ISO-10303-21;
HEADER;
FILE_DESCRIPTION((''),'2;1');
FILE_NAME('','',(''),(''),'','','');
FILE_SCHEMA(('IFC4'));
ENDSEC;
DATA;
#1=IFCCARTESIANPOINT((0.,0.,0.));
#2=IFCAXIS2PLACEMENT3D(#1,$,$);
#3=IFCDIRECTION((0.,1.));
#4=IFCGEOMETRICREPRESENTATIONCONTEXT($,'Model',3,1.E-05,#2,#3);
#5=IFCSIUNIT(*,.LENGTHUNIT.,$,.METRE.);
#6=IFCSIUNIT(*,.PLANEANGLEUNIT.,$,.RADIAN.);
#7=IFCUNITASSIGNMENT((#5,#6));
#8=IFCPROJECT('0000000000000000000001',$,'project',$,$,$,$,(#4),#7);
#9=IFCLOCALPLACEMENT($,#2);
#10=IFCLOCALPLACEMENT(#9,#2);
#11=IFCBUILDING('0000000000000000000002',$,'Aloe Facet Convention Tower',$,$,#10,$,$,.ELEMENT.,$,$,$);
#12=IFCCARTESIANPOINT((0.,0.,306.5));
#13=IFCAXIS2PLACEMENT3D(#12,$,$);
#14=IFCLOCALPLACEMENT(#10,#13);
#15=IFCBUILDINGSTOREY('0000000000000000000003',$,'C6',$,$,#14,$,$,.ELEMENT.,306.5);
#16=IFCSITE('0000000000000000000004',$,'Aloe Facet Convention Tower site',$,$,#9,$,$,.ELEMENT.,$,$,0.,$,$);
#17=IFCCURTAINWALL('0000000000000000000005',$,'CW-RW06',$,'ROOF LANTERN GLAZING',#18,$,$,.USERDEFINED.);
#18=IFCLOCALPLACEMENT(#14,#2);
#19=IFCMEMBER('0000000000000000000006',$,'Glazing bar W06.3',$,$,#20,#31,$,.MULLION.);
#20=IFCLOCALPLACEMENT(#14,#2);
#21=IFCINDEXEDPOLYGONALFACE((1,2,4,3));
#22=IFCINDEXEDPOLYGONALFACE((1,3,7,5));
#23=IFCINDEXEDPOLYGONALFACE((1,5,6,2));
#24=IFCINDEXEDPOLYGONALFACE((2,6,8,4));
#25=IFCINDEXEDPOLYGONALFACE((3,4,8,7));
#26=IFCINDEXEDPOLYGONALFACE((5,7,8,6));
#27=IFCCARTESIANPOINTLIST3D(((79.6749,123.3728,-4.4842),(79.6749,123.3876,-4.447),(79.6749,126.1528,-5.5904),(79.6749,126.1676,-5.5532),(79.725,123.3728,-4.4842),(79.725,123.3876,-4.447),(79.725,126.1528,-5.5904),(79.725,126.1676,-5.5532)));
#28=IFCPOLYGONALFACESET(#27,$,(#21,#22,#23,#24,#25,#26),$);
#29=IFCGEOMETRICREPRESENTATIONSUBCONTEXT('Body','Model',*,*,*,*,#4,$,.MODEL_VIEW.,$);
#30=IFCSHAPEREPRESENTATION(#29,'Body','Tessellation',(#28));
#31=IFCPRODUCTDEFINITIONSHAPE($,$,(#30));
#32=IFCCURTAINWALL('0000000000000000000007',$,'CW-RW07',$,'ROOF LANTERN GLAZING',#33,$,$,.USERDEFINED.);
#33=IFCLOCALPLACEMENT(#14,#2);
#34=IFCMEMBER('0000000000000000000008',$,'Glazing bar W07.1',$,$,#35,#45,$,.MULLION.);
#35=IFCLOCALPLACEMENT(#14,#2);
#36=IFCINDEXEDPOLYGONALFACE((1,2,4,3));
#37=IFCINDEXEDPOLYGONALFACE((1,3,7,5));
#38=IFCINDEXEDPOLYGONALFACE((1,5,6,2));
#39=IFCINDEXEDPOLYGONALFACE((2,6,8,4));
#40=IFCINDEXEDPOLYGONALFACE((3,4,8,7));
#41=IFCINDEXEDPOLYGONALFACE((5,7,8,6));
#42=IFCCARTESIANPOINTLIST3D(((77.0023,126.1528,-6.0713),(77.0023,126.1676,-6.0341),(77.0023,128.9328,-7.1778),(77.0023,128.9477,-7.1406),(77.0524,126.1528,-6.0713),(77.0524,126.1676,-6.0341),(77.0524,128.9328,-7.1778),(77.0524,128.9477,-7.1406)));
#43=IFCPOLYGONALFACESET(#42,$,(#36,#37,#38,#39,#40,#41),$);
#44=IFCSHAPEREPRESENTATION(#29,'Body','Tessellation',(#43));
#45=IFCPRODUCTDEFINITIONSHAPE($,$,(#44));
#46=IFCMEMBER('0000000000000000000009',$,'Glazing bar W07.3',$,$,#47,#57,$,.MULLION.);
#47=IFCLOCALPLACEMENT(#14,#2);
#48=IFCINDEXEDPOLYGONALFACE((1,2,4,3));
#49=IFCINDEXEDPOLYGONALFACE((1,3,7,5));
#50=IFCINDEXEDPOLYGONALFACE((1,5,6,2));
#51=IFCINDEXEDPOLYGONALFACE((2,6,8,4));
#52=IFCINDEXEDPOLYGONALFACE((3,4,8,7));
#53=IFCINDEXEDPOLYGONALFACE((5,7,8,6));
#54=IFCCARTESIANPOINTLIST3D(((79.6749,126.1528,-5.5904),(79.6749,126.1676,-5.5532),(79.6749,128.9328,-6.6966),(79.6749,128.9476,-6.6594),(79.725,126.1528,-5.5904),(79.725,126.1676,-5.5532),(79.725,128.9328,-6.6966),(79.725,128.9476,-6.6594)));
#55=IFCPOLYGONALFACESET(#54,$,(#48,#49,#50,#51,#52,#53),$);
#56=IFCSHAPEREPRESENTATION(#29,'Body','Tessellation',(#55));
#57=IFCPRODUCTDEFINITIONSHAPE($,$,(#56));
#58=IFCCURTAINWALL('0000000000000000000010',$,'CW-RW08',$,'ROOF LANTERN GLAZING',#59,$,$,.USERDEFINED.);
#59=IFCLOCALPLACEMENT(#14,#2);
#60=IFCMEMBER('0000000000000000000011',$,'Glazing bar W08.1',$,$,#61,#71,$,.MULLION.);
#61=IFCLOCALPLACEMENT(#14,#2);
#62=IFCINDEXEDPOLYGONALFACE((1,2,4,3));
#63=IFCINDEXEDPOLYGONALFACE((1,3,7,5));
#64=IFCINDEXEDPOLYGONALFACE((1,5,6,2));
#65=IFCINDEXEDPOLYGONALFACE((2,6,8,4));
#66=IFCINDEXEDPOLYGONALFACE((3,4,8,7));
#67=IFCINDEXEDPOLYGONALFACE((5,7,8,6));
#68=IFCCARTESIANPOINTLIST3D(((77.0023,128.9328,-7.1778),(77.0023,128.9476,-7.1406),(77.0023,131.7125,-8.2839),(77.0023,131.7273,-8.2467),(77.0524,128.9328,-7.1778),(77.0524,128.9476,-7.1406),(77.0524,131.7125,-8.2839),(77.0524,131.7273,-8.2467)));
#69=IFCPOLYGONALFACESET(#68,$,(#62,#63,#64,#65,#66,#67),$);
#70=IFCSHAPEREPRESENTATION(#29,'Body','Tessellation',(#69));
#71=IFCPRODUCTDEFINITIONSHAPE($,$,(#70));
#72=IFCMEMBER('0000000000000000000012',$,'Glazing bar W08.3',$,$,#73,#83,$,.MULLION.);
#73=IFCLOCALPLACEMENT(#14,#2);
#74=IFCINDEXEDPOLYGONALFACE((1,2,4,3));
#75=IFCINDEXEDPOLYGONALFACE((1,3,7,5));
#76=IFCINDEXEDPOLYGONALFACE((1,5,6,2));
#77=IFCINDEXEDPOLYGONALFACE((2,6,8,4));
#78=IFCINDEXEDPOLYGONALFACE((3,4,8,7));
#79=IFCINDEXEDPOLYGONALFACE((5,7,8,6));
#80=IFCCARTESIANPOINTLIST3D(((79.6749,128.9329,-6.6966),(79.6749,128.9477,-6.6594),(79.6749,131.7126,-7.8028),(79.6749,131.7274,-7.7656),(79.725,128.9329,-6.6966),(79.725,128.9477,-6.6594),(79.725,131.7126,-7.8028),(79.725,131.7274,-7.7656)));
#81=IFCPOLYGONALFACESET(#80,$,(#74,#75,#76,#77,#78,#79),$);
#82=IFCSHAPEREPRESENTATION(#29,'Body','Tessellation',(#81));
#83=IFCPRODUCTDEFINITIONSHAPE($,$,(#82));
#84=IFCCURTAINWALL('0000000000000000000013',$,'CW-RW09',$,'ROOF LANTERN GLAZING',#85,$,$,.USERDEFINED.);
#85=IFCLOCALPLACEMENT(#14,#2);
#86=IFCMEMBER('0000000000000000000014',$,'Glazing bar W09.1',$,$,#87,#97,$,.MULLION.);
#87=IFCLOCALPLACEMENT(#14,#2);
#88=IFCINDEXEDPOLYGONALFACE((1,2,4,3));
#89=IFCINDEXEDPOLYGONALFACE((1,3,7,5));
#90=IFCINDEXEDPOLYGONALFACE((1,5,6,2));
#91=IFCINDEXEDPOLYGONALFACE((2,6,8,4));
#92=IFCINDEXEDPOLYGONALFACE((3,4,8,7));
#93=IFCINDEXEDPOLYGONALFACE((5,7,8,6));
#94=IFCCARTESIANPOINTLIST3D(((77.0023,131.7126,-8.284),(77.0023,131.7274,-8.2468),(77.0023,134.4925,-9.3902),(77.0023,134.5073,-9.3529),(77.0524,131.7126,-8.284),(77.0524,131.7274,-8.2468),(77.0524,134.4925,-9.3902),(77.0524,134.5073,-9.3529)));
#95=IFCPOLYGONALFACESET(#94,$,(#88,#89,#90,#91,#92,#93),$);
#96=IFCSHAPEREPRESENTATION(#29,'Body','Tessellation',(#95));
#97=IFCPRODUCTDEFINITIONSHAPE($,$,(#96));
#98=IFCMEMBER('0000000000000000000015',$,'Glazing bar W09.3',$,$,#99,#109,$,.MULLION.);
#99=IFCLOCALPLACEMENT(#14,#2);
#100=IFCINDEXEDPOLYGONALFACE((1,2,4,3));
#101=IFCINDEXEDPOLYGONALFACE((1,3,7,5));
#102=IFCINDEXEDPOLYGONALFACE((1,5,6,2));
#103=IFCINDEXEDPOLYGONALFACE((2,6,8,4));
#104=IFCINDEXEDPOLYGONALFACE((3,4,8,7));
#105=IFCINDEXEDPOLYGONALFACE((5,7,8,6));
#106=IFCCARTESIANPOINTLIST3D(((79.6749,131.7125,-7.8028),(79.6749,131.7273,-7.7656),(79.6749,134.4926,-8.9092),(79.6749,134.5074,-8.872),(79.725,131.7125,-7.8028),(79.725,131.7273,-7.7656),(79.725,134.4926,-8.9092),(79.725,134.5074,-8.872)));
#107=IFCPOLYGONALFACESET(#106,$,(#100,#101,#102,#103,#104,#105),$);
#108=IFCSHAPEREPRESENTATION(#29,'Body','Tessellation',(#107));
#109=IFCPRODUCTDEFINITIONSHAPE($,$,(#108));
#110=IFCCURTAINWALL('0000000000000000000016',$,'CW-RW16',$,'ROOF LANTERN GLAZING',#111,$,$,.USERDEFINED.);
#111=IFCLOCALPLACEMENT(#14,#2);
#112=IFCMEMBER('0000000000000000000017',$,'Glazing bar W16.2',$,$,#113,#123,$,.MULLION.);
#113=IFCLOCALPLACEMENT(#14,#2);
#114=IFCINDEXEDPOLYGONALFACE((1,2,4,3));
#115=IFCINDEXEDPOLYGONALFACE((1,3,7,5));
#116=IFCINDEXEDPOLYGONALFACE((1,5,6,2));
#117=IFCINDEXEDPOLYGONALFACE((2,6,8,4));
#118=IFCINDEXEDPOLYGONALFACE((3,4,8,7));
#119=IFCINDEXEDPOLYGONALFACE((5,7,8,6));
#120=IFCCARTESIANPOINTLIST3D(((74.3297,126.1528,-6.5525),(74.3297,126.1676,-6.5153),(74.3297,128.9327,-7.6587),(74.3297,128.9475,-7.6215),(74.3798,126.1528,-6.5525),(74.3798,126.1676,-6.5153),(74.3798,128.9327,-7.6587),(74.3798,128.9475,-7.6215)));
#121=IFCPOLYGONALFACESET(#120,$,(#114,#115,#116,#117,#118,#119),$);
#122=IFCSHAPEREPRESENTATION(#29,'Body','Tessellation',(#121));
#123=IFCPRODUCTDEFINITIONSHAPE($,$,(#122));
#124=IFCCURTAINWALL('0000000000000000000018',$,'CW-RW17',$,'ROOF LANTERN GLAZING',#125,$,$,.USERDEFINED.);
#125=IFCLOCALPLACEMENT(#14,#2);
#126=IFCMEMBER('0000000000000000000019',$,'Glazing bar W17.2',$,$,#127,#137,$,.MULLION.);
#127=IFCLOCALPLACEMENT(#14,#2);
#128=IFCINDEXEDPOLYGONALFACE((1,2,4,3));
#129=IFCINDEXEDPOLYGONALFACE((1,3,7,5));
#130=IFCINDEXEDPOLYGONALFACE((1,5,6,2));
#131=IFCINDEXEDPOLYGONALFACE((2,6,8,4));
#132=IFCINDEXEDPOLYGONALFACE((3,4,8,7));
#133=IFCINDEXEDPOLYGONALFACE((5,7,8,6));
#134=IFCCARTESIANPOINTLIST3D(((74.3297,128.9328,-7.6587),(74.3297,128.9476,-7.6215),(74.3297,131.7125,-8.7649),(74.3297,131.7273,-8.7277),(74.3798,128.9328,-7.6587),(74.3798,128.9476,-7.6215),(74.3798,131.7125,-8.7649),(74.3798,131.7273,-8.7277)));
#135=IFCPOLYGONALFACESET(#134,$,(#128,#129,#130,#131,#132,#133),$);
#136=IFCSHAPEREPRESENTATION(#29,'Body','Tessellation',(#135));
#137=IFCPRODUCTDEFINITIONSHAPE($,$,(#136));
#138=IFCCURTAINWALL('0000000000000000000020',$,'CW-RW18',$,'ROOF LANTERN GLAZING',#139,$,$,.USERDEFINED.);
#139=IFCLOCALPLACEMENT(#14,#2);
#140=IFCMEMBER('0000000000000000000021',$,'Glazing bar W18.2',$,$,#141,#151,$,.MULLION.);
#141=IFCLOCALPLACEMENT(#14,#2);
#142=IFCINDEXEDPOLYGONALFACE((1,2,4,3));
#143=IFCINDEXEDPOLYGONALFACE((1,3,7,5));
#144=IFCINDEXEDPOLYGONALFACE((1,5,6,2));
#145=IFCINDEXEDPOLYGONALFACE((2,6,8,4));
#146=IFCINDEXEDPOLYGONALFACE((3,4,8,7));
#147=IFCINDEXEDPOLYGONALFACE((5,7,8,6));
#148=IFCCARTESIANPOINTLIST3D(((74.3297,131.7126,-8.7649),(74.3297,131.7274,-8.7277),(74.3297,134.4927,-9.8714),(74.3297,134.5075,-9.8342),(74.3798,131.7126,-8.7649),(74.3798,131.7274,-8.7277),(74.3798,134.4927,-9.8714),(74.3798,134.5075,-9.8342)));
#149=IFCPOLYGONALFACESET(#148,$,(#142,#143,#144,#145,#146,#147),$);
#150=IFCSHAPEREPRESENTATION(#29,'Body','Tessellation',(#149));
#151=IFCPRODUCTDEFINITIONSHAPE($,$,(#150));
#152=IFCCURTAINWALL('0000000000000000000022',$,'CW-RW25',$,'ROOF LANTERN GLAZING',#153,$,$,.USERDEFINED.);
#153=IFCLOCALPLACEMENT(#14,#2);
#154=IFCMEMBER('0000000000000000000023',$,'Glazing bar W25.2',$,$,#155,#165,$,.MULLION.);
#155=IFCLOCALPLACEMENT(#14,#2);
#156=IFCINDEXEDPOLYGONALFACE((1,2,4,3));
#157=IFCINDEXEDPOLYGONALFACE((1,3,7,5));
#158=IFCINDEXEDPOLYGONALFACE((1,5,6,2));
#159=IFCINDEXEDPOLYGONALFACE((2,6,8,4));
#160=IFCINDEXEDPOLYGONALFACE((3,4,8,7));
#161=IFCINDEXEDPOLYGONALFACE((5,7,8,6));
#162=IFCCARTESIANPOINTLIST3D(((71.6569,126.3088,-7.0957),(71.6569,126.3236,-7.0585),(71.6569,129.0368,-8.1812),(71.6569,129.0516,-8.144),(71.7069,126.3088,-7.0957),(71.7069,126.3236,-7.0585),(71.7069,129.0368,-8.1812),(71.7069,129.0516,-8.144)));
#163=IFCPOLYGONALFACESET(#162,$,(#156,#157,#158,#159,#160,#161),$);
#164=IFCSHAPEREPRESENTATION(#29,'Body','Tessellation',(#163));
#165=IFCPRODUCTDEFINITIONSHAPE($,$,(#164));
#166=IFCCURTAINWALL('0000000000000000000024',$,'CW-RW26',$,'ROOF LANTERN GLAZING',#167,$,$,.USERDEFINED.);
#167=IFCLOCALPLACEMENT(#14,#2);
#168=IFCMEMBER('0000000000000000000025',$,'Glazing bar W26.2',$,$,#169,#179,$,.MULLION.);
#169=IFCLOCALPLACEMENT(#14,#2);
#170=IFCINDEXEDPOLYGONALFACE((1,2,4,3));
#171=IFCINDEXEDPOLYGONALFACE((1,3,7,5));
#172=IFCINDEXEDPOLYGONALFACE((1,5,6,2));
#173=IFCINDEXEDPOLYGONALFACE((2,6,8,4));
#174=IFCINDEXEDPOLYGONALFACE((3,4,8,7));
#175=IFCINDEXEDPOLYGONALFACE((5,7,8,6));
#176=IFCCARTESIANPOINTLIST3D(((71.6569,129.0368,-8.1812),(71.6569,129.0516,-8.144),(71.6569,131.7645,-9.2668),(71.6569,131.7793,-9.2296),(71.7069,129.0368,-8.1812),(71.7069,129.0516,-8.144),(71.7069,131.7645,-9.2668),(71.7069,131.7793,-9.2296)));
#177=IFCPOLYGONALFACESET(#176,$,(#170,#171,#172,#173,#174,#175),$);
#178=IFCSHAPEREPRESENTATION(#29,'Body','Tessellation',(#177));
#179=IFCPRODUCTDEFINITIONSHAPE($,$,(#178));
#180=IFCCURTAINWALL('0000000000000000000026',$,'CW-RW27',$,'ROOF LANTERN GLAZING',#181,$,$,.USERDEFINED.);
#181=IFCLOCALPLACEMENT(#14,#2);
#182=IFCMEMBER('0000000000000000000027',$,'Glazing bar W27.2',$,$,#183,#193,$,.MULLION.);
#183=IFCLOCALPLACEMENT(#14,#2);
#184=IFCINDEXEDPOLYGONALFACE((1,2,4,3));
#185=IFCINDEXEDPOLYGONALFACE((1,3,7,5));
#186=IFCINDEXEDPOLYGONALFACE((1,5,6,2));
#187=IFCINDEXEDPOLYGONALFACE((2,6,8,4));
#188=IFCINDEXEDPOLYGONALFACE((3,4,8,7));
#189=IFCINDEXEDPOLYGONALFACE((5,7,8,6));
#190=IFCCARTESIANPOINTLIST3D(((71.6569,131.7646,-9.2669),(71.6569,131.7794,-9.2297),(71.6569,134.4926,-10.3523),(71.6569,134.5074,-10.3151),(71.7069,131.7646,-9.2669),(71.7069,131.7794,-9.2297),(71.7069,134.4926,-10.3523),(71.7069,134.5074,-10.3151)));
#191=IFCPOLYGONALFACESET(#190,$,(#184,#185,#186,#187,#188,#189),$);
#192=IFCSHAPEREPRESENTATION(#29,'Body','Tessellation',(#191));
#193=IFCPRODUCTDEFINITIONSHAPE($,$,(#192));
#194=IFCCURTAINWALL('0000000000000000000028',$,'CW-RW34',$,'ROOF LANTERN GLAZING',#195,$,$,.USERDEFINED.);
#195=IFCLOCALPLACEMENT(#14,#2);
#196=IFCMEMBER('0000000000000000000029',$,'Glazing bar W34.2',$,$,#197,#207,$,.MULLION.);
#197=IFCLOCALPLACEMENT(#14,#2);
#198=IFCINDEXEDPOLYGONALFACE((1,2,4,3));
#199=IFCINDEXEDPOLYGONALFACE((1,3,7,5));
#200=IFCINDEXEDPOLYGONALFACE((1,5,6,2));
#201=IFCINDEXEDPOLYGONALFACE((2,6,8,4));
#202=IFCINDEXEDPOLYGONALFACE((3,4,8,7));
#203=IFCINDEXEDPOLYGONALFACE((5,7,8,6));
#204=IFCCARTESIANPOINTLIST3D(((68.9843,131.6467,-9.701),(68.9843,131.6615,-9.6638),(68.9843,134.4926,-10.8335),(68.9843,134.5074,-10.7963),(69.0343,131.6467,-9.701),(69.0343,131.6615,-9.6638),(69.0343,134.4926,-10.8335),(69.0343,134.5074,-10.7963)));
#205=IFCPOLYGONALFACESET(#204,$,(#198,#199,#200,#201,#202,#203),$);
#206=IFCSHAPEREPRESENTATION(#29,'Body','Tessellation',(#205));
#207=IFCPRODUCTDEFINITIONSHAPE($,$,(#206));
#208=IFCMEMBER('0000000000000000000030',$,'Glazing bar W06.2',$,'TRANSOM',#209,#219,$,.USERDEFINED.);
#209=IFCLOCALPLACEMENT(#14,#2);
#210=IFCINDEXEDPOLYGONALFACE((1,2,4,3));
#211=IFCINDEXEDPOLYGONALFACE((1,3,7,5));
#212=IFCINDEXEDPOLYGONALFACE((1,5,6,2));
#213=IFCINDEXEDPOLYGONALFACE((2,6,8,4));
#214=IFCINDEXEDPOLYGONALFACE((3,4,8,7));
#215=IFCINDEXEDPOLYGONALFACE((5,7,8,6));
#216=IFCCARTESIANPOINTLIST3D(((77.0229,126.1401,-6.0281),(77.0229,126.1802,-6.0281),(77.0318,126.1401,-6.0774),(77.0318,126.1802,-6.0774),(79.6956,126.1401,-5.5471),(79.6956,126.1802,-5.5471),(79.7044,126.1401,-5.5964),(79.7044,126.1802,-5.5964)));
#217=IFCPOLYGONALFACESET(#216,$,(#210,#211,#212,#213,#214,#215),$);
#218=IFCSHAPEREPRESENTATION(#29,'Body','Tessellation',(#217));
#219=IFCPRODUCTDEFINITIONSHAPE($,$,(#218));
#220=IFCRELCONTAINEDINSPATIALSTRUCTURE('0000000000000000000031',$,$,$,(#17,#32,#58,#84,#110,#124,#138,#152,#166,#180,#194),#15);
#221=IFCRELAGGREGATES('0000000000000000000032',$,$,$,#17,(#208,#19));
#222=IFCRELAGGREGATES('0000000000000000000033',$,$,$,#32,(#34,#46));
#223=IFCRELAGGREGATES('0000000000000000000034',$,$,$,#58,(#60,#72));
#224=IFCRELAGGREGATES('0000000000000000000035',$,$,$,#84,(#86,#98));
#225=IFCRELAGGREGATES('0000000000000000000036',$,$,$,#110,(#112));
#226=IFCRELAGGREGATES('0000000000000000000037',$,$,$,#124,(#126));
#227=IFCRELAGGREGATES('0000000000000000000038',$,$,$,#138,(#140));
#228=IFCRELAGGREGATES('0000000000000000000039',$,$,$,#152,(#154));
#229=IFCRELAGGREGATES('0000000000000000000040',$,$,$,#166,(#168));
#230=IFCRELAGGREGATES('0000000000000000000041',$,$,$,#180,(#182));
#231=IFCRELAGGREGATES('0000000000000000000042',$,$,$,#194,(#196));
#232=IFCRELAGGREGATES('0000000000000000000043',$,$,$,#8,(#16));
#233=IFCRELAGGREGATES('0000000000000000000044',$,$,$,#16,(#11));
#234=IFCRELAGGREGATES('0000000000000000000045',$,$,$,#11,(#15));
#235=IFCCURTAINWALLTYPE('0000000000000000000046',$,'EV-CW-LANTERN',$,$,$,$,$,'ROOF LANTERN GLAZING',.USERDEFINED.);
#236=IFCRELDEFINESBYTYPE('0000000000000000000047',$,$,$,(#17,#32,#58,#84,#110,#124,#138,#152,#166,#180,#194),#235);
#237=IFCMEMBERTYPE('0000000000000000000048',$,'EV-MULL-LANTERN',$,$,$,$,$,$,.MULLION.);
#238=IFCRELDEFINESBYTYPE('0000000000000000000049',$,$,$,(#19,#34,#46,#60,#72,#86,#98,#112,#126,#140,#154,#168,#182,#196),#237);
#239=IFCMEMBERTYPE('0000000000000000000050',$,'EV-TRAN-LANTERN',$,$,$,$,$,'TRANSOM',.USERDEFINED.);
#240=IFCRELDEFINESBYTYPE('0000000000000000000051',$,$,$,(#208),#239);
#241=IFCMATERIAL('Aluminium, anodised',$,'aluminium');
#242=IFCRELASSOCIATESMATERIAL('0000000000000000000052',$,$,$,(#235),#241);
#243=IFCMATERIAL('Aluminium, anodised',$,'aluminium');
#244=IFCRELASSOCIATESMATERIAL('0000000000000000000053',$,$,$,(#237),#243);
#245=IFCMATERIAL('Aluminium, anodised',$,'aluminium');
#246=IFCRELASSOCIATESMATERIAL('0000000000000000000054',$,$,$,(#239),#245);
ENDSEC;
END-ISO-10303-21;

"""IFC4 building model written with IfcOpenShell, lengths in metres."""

from ifc_helpers import new_model, si_unit, direction, frame, origin, origin_2d, place, context, subcontext, project, spatial, rectangle, extrude, material, material_profile, profile_set, type_object, element, aggregate, save


model = new_model("IFC4")

# Units and contexts
model_context = context("Model", 3, precision=1e-05, world=origin(), true_north=direction((0.0, 1.0)))
body_context = subcontext(model_context, "Body", "Model", "MODEL_VIEW")
ifc_project = project(units=[si_unit("LENGTHUNIT", "METRE"), si_unit("PLANEANGLEUNIT", "RADIAN")], contexts=[model_context])

# Site, building, storey
site_placement = place(None, origin())
site = spatial("IfcSite", under=ifc_project, at=site_placement, Name="Aloe Facet Convention Tower site", CompositionType="ELEMENT", RefElevation=0.0)
building_placement = place(site_placement, origin())
building = spatial("IfcBuilding", under=site, at=building_placement, Name="Aloe Facet Convention Tower", CompositionType="ELEMENT")
storey_placement = place(building_placement, frame((0.0, 0.0, 306.5)))
storey = spatial("IfcBuildingStorey", under=building, at=storey_placement, Name="C6", CompositionType="ELEMENT", Elevation=306.5)

# Curtain wall, member
ifc_material_1 = material(Name="Aluminium, anodised", Category="aluminium")
curtain_wall_type = type_object("IfcCurtainWallType", Name="EV-CW-LANTERN", ElementType="ROOF LANTERN GLAZING", PredefinedType="USERDEFINED", material=ifc_material_1)
curtain_wall_1_placement = place(storey_placement, origin())
curtain_wall_1 = element("IfcCurtainWall", 1, at=curtain_wall_1_placement, inside=storey, type_object=curtain_wall_type, Name="CW-RW06", ObjectType="ROOF LANTERN GLAZING", PredefinedType="USERDEFINED")
ifc_material_2 = material(Name="Aluminium, anodised", Category="aluminium")
ifc_material_profile_1 = material_profile(ifc_material_2, rectangle(XDim=0.05, YDim=0.04, at=origin_2d()), Name="AL 50x40")
ifc_profile_set_1 = profile_set([ifc_material_profile_1], Name="Aluminium, anodised")
member_type_1 = type_object("IfcMemberType", Name="EV-MULL-LANTERN", PredefinedType="MULLION", material=ifc_profile_set_1)
member_1_placement = place(storey_placement, frame((79.7, 126.1602, -5.5718), z_axis=(0.0, -0.929145, 0.369716), x_axis=(1.0, 0.0, 0.0)))
member_1 = element("IfcMember", 2, at=member_1_placement, type_object=member_type_1, Name="Glazing bar W06.3", PredefinedType="MULLION", context=body_context, shape_type="SweptSolid", body=[
    extrude(rectangle(XDim=0.05, YDim=0.04, at=origin_2d()), origin(), (0.0, 0.0, 1.0), 2.9919),
])

# Curtain walls, members
curtain_wall_2_placement = place(storey_placement, origin())
curtain_wall_2 = element("IfcCurtainWall", 3, at=curtain_wall_2_placement, inside=storey, type_object=curtain_wall_type, Name="CW-RW07", ObjectType="ROOF LANTERN GLAZING", PredefinedType="USERDEFINED")
member_2_placement = place(storey_placement, frame((77.0273, 126.1602, -6.0527), z_axis=(0.0, 0.929117, -0.369786), x_axis=(-1.0, 0.0, 0.0)))
member_2 = element("IfcMember", 4, at=member_2_placement, type_object=member_type_1, Name="Glazing bar W07.1", PredefinedType="MULLION", context=body_context, shape_type="SweptSolid", body=[
    extrude(rectangle(XDim=0.05, YDim=0.04, at=origin_2d()), origin(), (0.0, 0.0, 1.0), 2.9922),
])
member_3_placement = place(storey_placement, frame((79.7, 128.9402, -6.678), z_axis=(0.0, -0.929145, 0.369716), x_axis=(1.0, 0.0, 0.0)))
member_3 = element("IfcMember", 5, at=member_3_placement, type_object=member_type_1, Name="Glazing bar W07.3", PredefinedType="MULLION", context=body_context, shape_type="SweptSolid", body=[
    extrude(rectangle(XDim=0.05, YDim=0.04, at=origin_2d()), origin(), (0.0, 0.0, 1.0), 2.9919),
])
curtain_wall_3_placement = place(storey_placement, origin())
curtain_wall_3 = element("IfcCurtainWall", 6, at=curtain_wall_3_placement, inside=storey, type_object=curtain_wall_type, Name="CW-RW08", ObjectType="ROOF LANTERN GLAZING", PredefinedType="USERDEFINED")
member_4_placement = place(storey_placement, frame((77.0273, 128.9402, -7.1592), z_axis=(0.0, 0.929134, -0.369744), x_axis=(-1.0, 0.0, 0.0)))
member_4 = element("IfcMember", 7, at=member_4_placement, type_object=member_type_1, Name="Glazing bar W08.1", PredefinedType="MULLION", context=body_context, shape_type="SweptSolid", body=[
    extrude(rectangle(XDim=0.05, YDim=0.04, at=origin_2d()), origin(), (0.0, 0.0, 1.0), 2.9917),
])
member_5_placement = place(storey_placement, frame((79.7, 131.72, -7.7842), z_axis=(0.0, -0.929134, 0.369744), x_axis=(1.0, 0.0, 0.0)))
member_5 = element("IfcMember", 8, at=member_5_placement, type_object=member_type_1, Name="Glazing bar W08.3", PredefinedType="MULLION", context=body_context, shape_type="SweptSolid", body=[
    extrude(rectangle(XDim=0.05, YDim=0.04, at=origin_2d()), origin(), (0.0, 0.0, 1.0), 2.9917),
])
curtain_wall_4_placement = place(storey_placement, origin())
curtain_wall_4 = element("IfcCurtainWall", 9, at=curtain_wall_4_placement, inside=storey, type_object=curtain_wall_type, Name="CW-RW09", ObjectType="ROOF LANTERN GLAZING", PredefinedType="USERDEFINED")
member_6_placement = place(storey_placement, frame((77.0273, 131.72, -8.2654), z_axis=(0.0, 0.929145, -0.369716), x_axis=(-1.0, 0.0, 0.0)))
member_6 = element("IfcMember", 10, at=member_6_placement, type_object=member_type_1, Name="Glazing bar W09.1", PredefinedType="MULLION", context=body_context, shape_type="SweptSolid", body=[
    extrude(rectangle(XDim=0.05, YDim=0.04, at=origin_2d()), origin(), (0.0, 0.0, 1.0), 2.9919),
])
member_7_placement = place(storey_placement, frame((79.7, 134.5, -8.8906), z_axis=(0.0, -0.929117, 0.369786), x_axis=(1.0, 0.0, 0.0)))
member_7 = element("IfcMember", 11, at=member_7_placement, type_object=member_type_1, Name="Glazing bar W09.3", PredefinedType="MULLION", context=body_context, shape_type="SweptSolid", body=[
    extrude(rectangle(XDim=0.05, YDim=0.04, at=origin_2d()), origin(), (0.0, 0.0, 1.0), 2.9922),
])

# Curtain walls, members
curtain_wall_5_placement = place(storey_placement, origin())
curtain_wall_5 = element("IfcCurtainWall", 12, at=curtain_wall_5_placement, inside=storey, type_object=curtain_wall_type, Name="CW-RW16", ObjectType="ROOF LANTERN GLAZING", PredefinedType="USERDEFINED")
member_8_placement = place(storey_placement, frame((74.3547, 126.1602, -6.5339), z_axis=(0.0, 0.929145, -0.369716), x_axis=(-1.0, 0.0, 0.0)))
member_8 = element("IfcMember", 13, at=member_8_placement, type_object=member_type_1, Name="Glazing bar W16.2", PredefinedType="MULLION", context=body_context, shape_type="SweptSolid", body=[
    extrude(rectangle(XDim=0.05, YDim=0.04, at=origin_2d()), origin(), (0.0, 0.0, 1.0), 2.9919),
])
curtain_wall_6_placement = place(storey_placement, origin())
curtain_wall_6 = element("IfcCurtainWall", 14, at=curtain_wall_6_placement, inside=storey, type_object=curtain_wall_type, Name="CW-RW17", ObjectType="ROOF LANTERN GLAZING", PredefinedType="USERDEFINED")
member_9_placement = place(storey_placement, frame((74.3547, 128.9402, -7.6401), z_axis=(0.0, 0.929134, -0.369744), x_axis=(-1.0, 0.0, 0.0)))
member_9 = element("IfcMember", 15, at=member_9_placement, type_object=member_type_1, Name="Glazing bar W17.2", PredefinedType="MULLION", context=body_context, shape_type="SweptSolid", body=[
    extrude(rectangle(XDim=0.05, YDim=0.04, at=origin_2d()), origin(), (0.0, 0.0, 1.0), 2.9917),
])
curtain_wall_7_placement = place(storey_placement, origin())
curtain_wall_7 = element("IfcCurtainWall", 16, at=curtain_wall_7_placement, inside=storey, type_object=curtain_wall_type, Name="CW-RW18", ObjectType="ROOF LANTERN GLAZING", PredefinedType="USERDEFINED")
member_10_placement = place(storey_placement, frame((74.3547, 131.72, -8.7463), z_axis=(0.0, 0.929117, -0.369786), x_axis=(-1.0, 0.0, 0.0)))
member_10 = element("IfcMember", 17, at=member_10_placement, type_object=member_type_1, Name="Glazing bar W18.2", PredefinedType="MULLION", context=body_context, shape_type="SweptSolid", body=[
    extrude(rectangle(XDim=0.05, YDim=0.04, at=origin_2d()), origin(), (0.0, 0.0, 1.0), 2.9922),
])
curtain_wall_8_placement = place(storey_placement, origin())
curtain_wall_8 = element("IfcCurtainWall", 18, at=curtain_wall_8_placement, inside=storey, type_object=curtain_wall_type, Name="CW-RW25", ObjectType="ROOF LANTERN GLAZING", PredefinedType="USERDEFINED")
member_11_placement = place(storey_placement, frame((71.6819, 126.3162, -7.0771), z_axis=(0.0, 0.929152, -0.369698), x_axis=(-1.0, 0.0, 0.0)))
member_11 = element("IfcMember", 19, at=member_11_placement, type_object=member_type_1, Name="Glazing bar W25.2", PredefinedType="MULLION", context=body_context, shape_type="SweptSolid", body=[
    extrude(rectangle(XDim=0.05, YDim=0.04, at=origin_2d()), origin(), (0.0, 0.0, 1.0), 2.936),
])
curtain_wall_9_placement = place(storey_placement, origin())
curtain_wall_9 = element("IfcCurtainWall", 20, at=curtain_wall_9_placement, inside=storey, type_object=curtain_wall_type, Name="CW-RW26", ObjectType="ROOF LANTERN GLAZING", PredefinedType="USERDEFINED")
member_12_placement = place(storey_placement, frame((71.6819, 129.0442, -8.1626), z_axis=(0.0, 0.929112, -0.369799), x_axis=(-1.0, 0.0, 0.0)))
member_12 = element("IfcMember", 21, at=member_12_placement, type_object=member_type_1, Name="Glazing bar W26.2", PredefinedType="MULLION", context=body_context, shape_type="SweptSolid", body=[
    extrude(rectangle(XDim=0.05, YDim=0.04, at=origin_2d()), origin(), (0.0, 0.0, 1.0), 2.9358),
])
curtain_wall_10_placement = place(storey_placement, origin())
curtain_wall_10 = element("IfcCurtainWall", 22, at=curtain_wall_10_placement, inside=storey, type_object=curtain_wall_type, Name="CW-RW27", ObjectType="ROOF LANTERN GLAZING", PredefinedType="USERDEFINED")
member_13_placement = place(storey_placement, frame((71.6819, 131.772, -9.2483), z_axis=(0.0, 0.929152, -0.369698), x_axis=(-1.0, 0.0, 0.0)))
member_13 = element("IfcMember", 23, at=member_13_placement, type_object=member_type_1, Name="Glazing bar W27.2", PredefinedType="MULLION", context=body_context, shape_type="SweptSolid", body=[
    extrude(rectangle(XDim=0.05, YDim=0.04, at=origin_2d()), origin(), (0.0, 0.0, 1.0), 2.936),
])
curtain_wall_11_placement = place(storey_placement, origin())
curtain_wall_11 = element("IfcCurtainWall", 24, at=curtain_wall_11_placement, inside=storey, type_object=curtain_wall_type, Name="CW-RW34", ObjectType="ROOF LANTERN GLAZING", PredefinedType="USERDEFINED")
member_14_placement = place(storey_placement, frame((69.0093, 131.6541, -9.6824), z_axis=(0.0, 0.929129, -0.369755), x_axis=(-1.0, 0.0, 0.0)))
member_14 = element("IfcMember", 25, at=member_14_placement, type_object=member_type_1, Name="Glazing bar W34.2", PredefinedType="MULLION", context=body_context, shape_type="SweptSolid", body=[
    extrude(rectangle(XDim=0.05, YDim=0.04, at=origin_2d()), origin(), (0.0, 0.0, 1.0), 3.063),
])

# Member
ifc_material_3 = material(Name="Aluminium, anodised", Category="aluminium")
ifc_material_profile_2 = material_profile(ifc_material_3, rectangle(XDim=0.04, YDim=0.05, at=origin_2d()), Name="AL 40x50")
ifc_profile_set_2 = profile_set([ifc_material_profile_2], Name="Aluminium, anodised")
member_type_2 = type_object("IfcMemberType", Name="EV-TRAN-LANTERN", ElementType="TRANSOM", PredefinedType="USERDEFINED", material=ifc_profile_set_2)
member_15_placement = place(storey_placement, frame((77.0273, 126.1602, -6.0527), z_axis=(0.984191, 0.0, 0.177113), x_axis=(0.0, 1.0, 0.0)))
member_15 = element("IfcMember", 26, at=member_15_placement, type_object=member_type_2, Name="Glazing bar W06.2", ObjectType="TRANSOM", PredefinedType="USERDEFINED", context=body_context, shape_type="SweptSolid", body=[
    extrude(rectangle(XDim=0.04, YDim=0.05, at=origin_2d()), origin(), (0.0, 0.0, 1.0), 2.7156),
])

aggregate(curtain_wall_1, [member_15, member_1])
aggregate(curtain_wall_2, [member_2, member_3])
aggregate(curtain_wall_3, [member_4, member_5])
aggregate(curtain_wall_4, [member_6, member_7])
aggregate(curtain_wall_5, [member_8])
aggregate(curtain_wall_6, [member_9])
aggregate(curtain_wall_7, [member_10])
aggregate(curtain_wall_8, [member_11])
aggregate(curtain_wall_9, [member_12])
aggregate(curtain_wall_10, [member_13])

aggregate(curtain_wall_11, [member_14])

save(model, "model.ifc")
